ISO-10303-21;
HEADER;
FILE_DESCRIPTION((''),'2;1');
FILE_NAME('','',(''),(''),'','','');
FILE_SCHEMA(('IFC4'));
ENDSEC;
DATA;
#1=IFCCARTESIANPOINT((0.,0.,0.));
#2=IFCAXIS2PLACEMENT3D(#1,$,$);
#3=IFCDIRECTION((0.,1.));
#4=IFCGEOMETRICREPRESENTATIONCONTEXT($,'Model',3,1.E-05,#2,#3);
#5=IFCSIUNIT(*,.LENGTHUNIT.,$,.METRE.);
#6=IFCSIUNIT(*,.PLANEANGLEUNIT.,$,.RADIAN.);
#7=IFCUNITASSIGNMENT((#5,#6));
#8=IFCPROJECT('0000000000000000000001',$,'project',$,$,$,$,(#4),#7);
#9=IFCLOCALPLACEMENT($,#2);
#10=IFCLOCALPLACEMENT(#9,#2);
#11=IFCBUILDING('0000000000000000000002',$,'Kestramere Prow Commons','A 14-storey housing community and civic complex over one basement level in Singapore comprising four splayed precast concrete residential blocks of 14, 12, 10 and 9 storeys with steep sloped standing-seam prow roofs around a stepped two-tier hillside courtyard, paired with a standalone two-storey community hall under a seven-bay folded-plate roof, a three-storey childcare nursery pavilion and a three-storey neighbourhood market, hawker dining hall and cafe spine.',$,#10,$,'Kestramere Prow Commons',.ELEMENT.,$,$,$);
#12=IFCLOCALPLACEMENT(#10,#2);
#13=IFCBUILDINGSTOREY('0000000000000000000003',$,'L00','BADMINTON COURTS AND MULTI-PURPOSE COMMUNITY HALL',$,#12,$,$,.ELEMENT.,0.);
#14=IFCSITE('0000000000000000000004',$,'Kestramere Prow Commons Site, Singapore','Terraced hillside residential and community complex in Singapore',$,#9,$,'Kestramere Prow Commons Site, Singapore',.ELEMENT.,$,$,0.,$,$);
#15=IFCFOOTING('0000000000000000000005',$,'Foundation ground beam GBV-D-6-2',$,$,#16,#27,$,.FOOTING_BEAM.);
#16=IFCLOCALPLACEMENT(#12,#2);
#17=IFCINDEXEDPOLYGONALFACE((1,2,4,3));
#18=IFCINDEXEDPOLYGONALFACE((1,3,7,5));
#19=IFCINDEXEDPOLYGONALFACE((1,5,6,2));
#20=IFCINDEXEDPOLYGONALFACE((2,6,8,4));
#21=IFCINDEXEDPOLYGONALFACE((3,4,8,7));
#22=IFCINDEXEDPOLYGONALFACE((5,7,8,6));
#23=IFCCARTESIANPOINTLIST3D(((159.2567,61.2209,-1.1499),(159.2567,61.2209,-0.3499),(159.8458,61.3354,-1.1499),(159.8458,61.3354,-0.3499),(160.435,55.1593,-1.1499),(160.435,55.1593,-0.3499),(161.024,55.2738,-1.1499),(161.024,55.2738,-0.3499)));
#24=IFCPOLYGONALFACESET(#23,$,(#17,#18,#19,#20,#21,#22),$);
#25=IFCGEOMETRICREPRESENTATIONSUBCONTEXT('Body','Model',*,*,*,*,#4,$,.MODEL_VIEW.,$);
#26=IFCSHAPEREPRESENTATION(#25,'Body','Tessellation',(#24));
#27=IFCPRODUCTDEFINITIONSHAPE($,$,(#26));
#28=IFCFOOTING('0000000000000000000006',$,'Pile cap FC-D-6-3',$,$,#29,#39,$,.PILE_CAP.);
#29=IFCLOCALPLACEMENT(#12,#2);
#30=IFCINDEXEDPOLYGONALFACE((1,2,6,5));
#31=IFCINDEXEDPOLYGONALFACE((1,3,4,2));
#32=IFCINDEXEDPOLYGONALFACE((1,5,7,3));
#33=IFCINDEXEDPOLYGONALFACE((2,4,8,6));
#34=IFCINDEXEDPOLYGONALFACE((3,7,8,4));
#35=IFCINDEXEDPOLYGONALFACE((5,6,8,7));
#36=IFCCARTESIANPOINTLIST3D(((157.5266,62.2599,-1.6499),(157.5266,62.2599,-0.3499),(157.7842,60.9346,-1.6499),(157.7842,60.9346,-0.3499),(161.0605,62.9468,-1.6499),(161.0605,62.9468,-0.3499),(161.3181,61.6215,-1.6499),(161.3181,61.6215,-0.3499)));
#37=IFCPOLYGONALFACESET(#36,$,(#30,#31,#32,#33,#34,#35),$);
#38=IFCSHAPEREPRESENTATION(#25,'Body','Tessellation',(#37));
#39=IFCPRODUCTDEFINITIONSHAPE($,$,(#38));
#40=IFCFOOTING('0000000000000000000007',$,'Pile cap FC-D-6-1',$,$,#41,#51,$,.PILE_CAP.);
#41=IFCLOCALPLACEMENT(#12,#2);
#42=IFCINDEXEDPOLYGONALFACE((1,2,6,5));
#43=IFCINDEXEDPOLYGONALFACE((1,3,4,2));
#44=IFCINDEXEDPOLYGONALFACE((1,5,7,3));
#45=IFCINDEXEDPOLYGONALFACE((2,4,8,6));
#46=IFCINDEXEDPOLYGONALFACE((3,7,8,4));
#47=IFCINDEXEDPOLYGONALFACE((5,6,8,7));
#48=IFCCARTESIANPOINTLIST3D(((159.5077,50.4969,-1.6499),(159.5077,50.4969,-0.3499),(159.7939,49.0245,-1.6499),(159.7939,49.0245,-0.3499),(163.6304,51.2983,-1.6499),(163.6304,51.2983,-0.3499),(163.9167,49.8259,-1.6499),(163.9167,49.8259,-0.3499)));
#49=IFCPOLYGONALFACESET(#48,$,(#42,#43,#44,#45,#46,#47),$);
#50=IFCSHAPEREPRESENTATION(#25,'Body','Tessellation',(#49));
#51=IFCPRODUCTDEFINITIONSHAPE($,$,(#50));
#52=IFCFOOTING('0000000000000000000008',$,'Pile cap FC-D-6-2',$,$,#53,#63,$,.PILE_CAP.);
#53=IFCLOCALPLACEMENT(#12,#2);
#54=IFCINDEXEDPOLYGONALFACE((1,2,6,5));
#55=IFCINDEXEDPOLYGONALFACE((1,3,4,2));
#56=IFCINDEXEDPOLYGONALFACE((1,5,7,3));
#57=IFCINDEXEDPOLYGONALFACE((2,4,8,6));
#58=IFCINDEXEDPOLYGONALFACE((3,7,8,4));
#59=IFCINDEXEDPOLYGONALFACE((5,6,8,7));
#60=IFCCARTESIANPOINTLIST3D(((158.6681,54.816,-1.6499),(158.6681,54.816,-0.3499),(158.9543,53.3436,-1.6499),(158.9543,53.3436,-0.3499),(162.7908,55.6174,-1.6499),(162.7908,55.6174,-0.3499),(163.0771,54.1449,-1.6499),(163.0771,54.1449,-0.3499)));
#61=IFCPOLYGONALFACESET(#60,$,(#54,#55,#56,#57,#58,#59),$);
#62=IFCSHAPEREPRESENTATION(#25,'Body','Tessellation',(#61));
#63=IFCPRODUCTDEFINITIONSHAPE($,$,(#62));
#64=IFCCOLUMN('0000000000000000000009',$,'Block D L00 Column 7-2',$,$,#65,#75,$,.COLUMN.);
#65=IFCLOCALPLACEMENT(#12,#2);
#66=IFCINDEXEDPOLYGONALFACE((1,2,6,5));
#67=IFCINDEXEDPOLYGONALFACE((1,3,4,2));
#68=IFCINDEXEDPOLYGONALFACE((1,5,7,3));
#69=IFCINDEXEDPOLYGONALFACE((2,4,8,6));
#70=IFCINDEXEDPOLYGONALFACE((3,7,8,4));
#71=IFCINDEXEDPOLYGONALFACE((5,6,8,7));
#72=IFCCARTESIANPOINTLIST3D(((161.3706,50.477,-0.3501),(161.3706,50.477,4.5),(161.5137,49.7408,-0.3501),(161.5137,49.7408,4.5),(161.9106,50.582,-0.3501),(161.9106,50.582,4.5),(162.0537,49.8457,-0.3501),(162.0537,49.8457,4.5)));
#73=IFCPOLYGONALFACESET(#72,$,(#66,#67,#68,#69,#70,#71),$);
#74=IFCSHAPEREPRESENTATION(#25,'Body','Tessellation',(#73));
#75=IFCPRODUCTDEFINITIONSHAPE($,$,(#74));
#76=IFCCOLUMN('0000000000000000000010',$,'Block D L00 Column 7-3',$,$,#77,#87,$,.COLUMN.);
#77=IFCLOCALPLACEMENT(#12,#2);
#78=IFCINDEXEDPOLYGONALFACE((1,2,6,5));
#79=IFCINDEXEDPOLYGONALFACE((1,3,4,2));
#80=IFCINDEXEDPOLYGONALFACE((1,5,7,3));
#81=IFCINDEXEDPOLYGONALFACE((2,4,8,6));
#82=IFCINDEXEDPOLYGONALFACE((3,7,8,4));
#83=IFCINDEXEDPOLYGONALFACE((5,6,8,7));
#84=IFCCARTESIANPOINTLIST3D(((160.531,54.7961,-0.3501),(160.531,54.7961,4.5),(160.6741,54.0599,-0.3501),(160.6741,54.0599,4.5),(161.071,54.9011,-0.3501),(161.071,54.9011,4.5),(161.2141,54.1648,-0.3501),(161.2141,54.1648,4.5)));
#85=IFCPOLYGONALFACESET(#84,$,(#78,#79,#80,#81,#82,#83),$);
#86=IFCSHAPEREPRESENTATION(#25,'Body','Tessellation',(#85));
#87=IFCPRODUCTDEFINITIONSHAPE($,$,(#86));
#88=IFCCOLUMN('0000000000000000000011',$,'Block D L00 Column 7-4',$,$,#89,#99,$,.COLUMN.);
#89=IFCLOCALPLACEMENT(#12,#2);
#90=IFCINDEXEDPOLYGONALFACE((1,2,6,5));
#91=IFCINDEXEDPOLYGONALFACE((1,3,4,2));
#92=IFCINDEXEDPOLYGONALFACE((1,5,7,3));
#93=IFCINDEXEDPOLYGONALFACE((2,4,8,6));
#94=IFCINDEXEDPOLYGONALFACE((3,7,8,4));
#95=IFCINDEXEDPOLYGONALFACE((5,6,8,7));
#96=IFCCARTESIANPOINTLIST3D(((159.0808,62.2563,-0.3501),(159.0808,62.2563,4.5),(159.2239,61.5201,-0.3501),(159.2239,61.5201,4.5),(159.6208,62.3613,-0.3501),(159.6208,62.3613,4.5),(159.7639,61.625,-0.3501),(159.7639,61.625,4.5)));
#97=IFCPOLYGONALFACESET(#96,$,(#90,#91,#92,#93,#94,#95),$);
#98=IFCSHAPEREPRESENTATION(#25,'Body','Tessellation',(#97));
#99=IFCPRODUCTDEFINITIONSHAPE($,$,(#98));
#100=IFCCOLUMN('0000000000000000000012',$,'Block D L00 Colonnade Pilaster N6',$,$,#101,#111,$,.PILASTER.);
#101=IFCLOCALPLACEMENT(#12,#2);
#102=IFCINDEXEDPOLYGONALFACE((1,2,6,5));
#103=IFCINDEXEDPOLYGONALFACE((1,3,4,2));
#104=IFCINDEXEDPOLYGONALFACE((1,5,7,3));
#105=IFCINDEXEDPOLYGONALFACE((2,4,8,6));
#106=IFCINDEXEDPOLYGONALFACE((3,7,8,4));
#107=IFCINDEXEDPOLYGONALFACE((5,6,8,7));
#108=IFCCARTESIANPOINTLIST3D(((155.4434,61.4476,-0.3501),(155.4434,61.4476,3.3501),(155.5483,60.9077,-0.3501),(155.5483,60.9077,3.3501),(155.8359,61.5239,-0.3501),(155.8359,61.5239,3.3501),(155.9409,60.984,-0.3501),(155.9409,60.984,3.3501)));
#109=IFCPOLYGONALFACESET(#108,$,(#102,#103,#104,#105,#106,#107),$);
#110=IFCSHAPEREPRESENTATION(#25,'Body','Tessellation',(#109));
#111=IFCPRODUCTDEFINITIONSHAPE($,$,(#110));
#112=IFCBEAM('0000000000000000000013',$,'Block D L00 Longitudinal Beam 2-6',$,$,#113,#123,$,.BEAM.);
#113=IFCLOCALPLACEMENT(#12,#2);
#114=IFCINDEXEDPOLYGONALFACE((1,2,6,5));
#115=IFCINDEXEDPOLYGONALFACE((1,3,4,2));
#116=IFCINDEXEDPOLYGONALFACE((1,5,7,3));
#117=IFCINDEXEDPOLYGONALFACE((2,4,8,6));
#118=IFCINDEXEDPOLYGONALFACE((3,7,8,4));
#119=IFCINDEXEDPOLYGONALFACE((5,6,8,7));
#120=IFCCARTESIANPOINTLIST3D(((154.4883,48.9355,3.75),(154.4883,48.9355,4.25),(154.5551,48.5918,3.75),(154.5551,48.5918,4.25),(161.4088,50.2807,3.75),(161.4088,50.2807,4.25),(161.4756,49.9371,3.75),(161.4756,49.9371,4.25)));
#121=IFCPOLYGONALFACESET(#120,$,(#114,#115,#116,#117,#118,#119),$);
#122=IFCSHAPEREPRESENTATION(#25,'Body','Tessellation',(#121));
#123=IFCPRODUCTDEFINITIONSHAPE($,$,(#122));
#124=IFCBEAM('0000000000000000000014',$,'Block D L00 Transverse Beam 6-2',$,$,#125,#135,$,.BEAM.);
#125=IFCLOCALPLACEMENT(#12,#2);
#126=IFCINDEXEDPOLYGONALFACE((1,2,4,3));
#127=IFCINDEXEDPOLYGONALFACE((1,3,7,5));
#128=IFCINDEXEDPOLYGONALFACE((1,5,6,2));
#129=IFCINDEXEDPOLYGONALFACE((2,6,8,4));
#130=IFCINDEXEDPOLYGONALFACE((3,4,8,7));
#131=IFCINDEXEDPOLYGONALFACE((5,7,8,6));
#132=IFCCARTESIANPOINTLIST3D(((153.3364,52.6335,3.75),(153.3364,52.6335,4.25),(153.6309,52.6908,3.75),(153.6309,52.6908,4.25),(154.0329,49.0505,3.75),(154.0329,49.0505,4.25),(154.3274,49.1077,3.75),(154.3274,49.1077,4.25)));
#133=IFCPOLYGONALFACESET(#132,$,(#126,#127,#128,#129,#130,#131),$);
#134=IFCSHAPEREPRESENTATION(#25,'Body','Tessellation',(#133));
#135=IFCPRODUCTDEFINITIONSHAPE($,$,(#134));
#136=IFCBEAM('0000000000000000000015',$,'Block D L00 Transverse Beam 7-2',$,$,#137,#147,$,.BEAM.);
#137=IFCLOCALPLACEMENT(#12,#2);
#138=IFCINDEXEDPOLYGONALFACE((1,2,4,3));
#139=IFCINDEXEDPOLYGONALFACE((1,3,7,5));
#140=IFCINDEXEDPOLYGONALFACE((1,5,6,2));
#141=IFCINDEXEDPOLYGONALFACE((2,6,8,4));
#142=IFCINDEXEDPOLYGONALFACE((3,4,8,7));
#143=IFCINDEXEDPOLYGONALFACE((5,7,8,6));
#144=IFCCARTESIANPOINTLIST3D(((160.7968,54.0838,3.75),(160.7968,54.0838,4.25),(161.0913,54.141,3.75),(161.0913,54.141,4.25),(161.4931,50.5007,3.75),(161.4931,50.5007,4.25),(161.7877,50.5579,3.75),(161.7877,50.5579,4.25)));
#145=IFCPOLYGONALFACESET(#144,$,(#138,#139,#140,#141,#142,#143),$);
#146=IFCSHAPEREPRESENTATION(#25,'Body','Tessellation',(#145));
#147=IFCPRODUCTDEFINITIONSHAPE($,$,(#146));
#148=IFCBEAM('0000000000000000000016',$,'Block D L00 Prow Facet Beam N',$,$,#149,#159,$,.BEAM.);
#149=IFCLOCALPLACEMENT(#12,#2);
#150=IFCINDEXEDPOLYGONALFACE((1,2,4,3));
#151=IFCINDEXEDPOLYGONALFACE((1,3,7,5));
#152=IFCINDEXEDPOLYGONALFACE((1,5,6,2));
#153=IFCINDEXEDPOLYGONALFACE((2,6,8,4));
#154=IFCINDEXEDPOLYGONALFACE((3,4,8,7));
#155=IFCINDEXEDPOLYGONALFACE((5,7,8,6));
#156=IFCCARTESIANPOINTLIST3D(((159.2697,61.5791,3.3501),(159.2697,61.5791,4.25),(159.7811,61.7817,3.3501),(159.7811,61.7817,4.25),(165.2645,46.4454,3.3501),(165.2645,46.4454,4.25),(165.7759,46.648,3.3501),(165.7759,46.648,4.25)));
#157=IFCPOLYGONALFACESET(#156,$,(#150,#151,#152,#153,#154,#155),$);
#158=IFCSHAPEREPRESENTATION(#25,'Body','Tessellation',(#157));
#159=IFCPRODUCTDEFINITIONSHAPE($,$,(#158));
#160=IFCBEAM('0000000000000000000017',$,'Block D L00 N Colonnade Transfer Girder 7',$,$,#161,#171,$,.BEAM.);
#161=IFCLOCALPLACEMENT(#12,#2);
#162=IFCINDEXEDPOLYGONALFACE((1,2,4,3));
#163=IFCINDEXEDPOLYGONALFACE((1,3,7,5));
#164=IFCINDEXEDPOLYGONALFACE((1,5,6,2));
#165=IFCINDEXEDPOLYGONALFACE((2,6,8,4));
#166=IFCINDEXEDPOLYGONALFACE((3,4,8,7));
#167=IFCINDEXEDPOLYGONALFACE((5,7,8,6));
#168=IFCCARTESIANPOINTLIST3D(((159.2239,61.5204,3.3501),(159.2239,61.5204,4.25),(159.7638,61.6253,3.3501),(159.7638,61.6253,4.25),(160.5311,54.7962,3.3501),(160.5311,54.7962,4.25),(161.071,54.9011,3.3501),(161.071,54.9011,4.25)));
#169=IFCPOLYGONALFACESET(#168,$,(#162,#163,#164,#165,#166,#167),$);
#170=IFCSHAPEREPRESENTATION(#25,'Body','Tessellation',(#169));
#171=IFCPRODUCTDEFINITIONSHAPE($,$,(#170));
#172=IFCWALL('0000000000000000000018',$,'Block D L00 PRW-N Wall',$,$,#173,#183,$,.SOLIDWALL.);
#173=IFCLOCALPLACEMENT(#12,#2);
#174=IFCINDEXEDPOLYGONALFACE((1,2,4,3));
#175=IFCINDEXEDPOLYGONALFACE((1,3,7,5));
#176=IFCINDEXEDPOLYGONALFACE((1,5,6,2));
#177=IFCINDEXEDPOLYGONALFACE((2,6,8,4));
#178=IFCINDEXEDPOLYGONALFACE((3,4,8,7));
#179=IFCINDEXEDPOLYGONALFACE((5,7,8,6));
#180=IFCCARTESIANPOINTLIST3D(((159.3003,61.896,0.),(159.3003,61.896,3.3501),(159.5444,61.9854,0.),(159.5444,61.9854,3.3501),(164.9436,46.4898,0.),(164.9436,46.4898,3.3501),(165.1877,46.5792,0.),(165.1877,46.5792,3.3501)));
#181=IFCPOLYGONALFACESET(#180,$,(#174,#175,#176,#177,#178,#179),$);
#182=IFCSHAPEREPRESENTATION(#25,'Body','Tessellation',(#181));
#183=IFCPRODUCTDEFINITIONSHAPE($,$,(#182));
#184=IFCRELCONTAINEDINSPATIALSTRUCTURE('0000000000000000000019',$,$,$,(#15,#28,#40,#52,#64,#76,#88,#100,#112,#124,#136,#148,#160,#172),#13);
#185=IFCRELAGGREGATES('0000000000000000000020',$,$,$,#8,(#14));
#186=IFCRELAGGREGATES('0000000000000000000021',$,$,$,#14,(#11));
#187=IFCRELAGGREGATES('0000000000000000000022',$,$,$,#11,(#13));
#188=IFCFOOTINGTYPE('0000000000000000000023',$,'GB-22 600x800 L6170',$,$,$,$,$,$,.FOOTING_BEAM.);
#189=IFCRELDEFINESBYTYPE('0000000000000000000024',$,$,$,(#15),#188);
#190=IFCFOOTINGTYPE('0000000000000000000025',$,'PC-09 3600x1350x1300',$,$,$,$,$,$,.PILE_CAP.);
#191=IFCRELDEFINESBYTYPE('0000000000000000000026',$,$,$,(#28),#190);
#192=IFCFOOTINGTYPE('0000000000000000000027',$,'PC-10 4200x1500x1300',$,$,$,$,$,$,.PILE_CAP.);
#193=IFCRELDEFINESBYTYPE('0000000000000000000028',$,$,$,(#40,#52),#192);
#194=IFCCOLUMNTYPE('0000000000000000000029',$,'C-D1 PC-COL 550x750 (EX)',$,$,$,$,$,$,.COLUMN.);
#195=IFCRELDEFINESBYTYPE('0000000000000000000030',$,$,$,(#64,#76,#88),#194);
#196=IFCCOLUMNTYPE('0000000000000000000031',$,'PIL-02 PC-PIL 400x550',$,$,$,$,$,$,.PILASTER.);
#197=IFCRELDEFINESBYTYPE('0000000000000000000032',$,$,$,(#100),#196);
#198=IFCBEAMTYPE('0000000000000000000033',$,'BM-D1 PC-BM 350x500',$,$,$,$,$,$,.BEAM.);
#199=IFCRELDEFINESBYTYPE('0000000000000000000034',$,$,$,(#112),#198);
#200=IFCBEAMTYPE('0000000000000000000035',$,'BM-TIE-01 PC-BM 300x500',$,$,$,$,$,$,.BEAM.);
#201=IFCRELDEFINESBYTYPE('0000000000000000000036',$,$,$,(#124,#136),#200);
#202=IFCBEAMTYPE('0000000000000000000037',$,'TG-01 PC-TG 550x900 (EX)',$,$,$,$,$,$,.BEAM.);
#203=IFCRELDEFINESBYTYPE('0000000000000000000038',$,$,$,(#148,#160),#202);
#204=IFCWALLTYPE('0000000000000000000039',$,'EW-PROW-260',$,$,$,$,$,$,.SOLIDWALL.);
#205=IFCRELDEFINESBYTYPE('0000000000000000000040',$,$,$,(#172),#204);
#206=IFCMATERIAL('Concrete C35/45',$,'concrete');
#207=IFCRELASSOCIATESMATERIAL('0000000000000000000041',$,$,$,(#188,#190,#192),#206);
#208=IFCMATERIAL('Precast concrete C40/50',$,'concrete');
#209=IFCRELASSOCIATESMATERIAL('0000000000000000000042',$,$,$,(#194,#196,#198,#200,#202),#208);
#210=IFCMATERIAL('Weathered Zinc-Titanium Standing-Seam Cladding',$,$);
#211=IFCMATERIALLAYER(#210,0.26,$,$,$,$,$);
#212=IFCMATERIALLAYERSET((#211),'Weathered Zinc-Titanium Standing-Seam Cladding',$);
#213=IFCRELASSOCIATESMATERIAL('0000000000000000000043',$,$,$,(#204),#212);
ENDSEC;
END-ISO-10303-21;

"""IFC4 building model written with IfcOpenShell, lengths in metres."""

from ifc_helpers import new_model, si_unit, direction, frame, frame_2d, origin, origin_2d, place, context, subcontext, project, spatial, rectangle, extrude, material, layer, layer_set, material_profile, profile_set, type_object, element, save


model = new_model("IFC4")

# Units and contexts
model_context = context("Model", 3, precision=1e-05, world=origin(), true_north=direction((0.0, 1.0)))
body_context = subcontext(model_context, "Body", "Model", "MODEL_VIEW")
ifc_project = project(units=[si_unit("LENGTHUNIT", "METRE"), si_unit("PLANEANGLEUNIT", "RADIAN")], contexts=[model_context])

# Site, building, storey
site_placement = place(None, origin())
site = spatial("IfcSite", under=ifc_project, at=site_placement, Name="Kestramere Prow Commons Site, Singapore", Description="Terraced hillside residential and community complex in Singapore", LongName="Kestramere Prow Commons Site, Singapore", CompositionType="ELEMENT", RefElevation=0.0)
building_placement = place(site_placement, origin())
building = spatial("IfcBuilding", under=site, at=building_placement, Name="Kestramere Prow Commons", Description="A 14-storey housing community and civic complex over one basement level in Singapore comprising four splayed precast concrete residential blocks of 14, 12, 10 and 9 storeys with steep sloped standing-seam prow roofs around a stepped two-tier hillside courtyard, paired with a standalone two-storey community hall under a seven-bay folded-plate roof, a three-storey childcare nursery pavilion and a three-storey neighbourhood market, hawker dining hall and cafe spine.", LongName="Kestramere Prow Commons", CompositionType="ELEMENT")
storey_placement = place(building_placement, origin())
storey = spatial("IfcBuildingStorey", under=building, at=storey_placement, Name="L00", Description="BADMINTON COURTS AND MULTI-PURPOSE COMMUNITY HALL", CompositionType="ELEMENT", Elevation=0.0)

# Shared definitions
ifc_material_1 = material(Name="Concrete C35/45", Category="concrete")

# Footings
footing_type_1 = type_object("IfcFootingType", Name="GB-22 600x800 L6170", PredefinedType="FOOTING_BEAM", material=ifc_material_1)
footing_1_placement = place(storey_placement, frame((160.1404, 58.2473, -1.1499), z_axis=(0.0, 0.0, 1.0), x_axis=(-0.190809, 0.981627, 0.0)))
element("IfcFooting", 1, at=footing_1_placement, inside=storey, type_object=footing_type_1, Name="Foundation ground beam GBV-D-6-2", PredefinedType="FOOTING_BEAM", context=body_context, shape_type="SweptSolid", body=[
    extrude(rectangle(XDim=6.175, YDim=0.6001, at=origin_2d()), origin(), (0.0, 0.0, 1.0), 0.8),
])
footing_type_2 = type_object("IfcFootingType", Name="PC-09 3600x1350x1300", PredefinedType="PILE_CAP", material=ifc_material_1)
footing_2_placement = place(storey_placement, frame((159.4224, 61.9407, -1.6499), z_axis=(0.0, 0.0, 1.0), x_axis=(0.981627, 0.190809, 0.0)))
element("IfcFooting", 2, at=footing_2_placement, inside=storey, type_object=footing_type_2, Name="Pile cap FC-D-6-3", PredefinedType="PILE_CAP", context=body_context, shape_type="SweptSolid", body=[
    extrude(rectangle(XDim=3.6001, YDim=1.3501, at=origin_2d()), origin(), (0.0, 0.0, 1.0), 1.3),
])
footing_type_3 = type_object("IfcFootingType", Name="PC-10 4200x1500x1300", PredefinedType="PILE_CAP", material=ifc_material_1)
for number, where, z_axis, x_axis, name in (
    (3, (161.7122, 50.1614, -1.6499), (0.0, 0.0, 1.0), (0.981627, 0.190809, 0.0), "Pile cap FC-D-6-1"),
    (4, (160.8726, 54.4805, -1.6499), (0.0, 0.0, 1.0), (0.981627, 0.190809, 0.0), "Pile cap FC-D-6-2"),
):
    element("IfcFooting", number, at=place(storey_placement, frame(where, z_axis=z_axis, x_axis=x_axis)), inside=storey, type_object=footing_type_3, Name=name, PredefinedType="PILE_CAP", context=body_context, shape_type="SweptSolid", body=[
        extrude(rectangle(XDim=4.2, YDim=1.5, at=origin_2d()), origin(), (0.0, 0.0, 1.0), 1.3),
    ])

# Columns
ifc_material_2 = material(Name="Precast concrete C40/50", Category="concrete")
ifc_material_profile_1 = material_profile(ifc_material_2, rectangle(XDim=0.55, YDim=0.75, at=origin_2d()), Name="PC-COL 550x750")
ifc_profile_set_1 = profile_set([ifc_material_profile_1], Name="Precast concrete C40/50")
column_type_1 = type_object("IfcColumnType", Name="C-D1 PC-COL 550x750 (EX)", PredefinedType="COLUMN", material=ifc_profile_set_1)
for number, where, z_axis, x_axis, name in (
    (5, (161.7122, 50.1614, -0.3501), (0.0, 0.0, 1.0), (0.981627, 0.190809, 0.0), "Block D L00 Column 7-2"),
    (6, (160.8726, 54.4805, -0.3501), (0.0, 0.0, 1.0), (0.981627, 0.190809, 0.0), "Block D L00 Column 7-3"),
    (7, (159.4224, 61.9407, -0.3501), (0.0, 0.0, 1.0), (0.981627, 0.190809, 0.0), "Block D L00 Column 7-4"),
):
    element("IfcColumn", number, at=place(storey_placement, frame(where, z_axis=z_axis, x_axis=x_axis)), inside=storey, type_object=column_type_1, Name=name, PredefinedType="COLUMN", context=body_context, shape_type="SweptSolid", body=[
        extrude(rectangle(XDim=0.55, YDim=0.75, at=origin_2d()), origin(), (0.0, 0.0, 1.0), 4.8501),
    ])
ifc_material_profile_2 = material_profile(ifc_material_2, rectangle(XDim=0.3999, YDim=0.55, at=origin_2d()), Name="PC-PIL 400x550")
ifc_profile_set_2 = profile_set([ifc_material_profile_2], Name="Precast concrete C40/50")
column_type_2 = type_object("IfcColumnType", Name="PIL-02 PC-PIL 400x550", PredefinedType="PILASTER", material=ifc_profile_set_2)
column_placement = place(storey_placement, frame((155.6921, 61.2158, -0.3501), z_axis=(0.0, 0.0, 1.0), x_axis=(0.981627, 0.190809, 0.0)))
element("IfcColumn", 8, at=column_placement, inside=storey, type_object=column_type_2, Name="Block D L00 Colonnade Pilaster N6", PredefinedType="PILASTER", context=body_context, shape_type="SweptSolid", body=[
    extrude(rectangle(XDim=0.3999, YDim=0.55, at=origin_2d()), origin(), (0.0, 0.0, 1.0), 3.7002),
])

# Beams
ifc_material_profile_3 = material_profile(ifc_material_2, rectangle(XDim=0.3501, YDim=0.5, at=origin_2d()), Name="PC-BM 350x500")
ifc_profile_set_3 = profile_set([ifc_material_profile_3], Name="Precast concrete C40/50")
beam_type_1 = type_object("IfcBeamType", Name="BM-D1 PC-BM 350x500", PredefinedType="BEAM", material=ifc_profile_set_3)
beam_1_placement = place(storey_placement, frame((154.5217, 48.7637, 4.0), z_axis=(0.981627, 0.190812, 0.0), x_axis=(-0.190812, 0.981627, 0.0)))
element("IfcBeam", 9, at=beam_1_placement, inside=storey, type_object=beam_type_1, Name="Block D L00 Longitudinal Beam 2-6", PredefinedType="BEAM", context=body_context, shape_type="SweptSolid", body=[
    extrude(rectangle(XDim=0.3501, YDim=0.5, at=origin_2d()), origin(), (0.0, 0.0, 1.0), 7.05),
])
ifc_material_profile_4 = material_profile(ifc_material_2, rectangle(XDim=0.3, YDim=0.5, at=origin_2d()), Name="PC-BM 300x500")
ifc_profile_set_4 = profile_set([ifc_material_profile_4], Name="Precast concrete C40/50")
beam_type_2 = type_object("IfcBeamType", Name="BM-TIE-01 PC-BM 300x500", PredefinedType="BEAM", material=ifc_profile_set_4)
for number, where, z_axis, x_axis, name in (
    (10, (154.1802, 49.0791, 4.0), (-0.190827, 0.981624, 0.0), (-0.981624, -0.190827, 0.0), "Block D L00 Transverse Beam 6-2"),
    (11, (161.6404, 50.5293, 4.0), (-0.190762, 0.981636, 0.0), (-0.981636, -0.190762, 0.0), "Block D L00 Transverse Beam 7-2"),
):
    element("IfcBeam", number, at=place(storey_placement, frame(where, z_axis=z_axis, x_axis=x_axis)), inside=storey, type_object=beam_type_2, Name=name, PredefinedType="BEAM", context=body_context, shape_type="SweptSolid", body=[
        extrude(rectangle(XDim=0.3, YDim=0.5, at=origin_2d()), origin(), (0.0, 0.0, 1.0), 3.6501),
    ])
ifc_material_profile_5 = material_profile(ifc_material_2, rectangle(XDim=0.55, YDim=0.8999, at=origin_2d()), Name="PC-TG 550x900")
ifc_profile_set_5 = profile_set([ifc_material_profile_5], Name="Precast concrete C40/50")
beam_type_3 = type_object("IfcBeamType", Name="TG-01 PC-TG 550x900 (EX)", PredefinedType="BEAM", material=ifc_profile_set_5)
beam_2_placement = place(storey_placement, frame((159.5254, 61.6804, 3.8), z_axis=(0.368283, -0.929714, 0.0), x_axis=(0.929714, 0.368283, 0.0)))
element("IfcBeam", 12, at=beam_2_placement, inside=storey, type_object=beam_type_3, Name="Block D L00 Prow Facet Beam N", PredefinedType="BEAM", context=body_context, shape_type="SweptSolid", body=[
    extrude(rectangle(XDim=0.55, YDim=0.8999, at=origin_2d()), origin(), (0.0, 0.0, 1.0), 16.2778),
])
beam_3_placement = place(storey_placement, frame((160.801, 54.8486, 3.8), z_axis=(-0.190822, 0.981625, 0.0), x_axis=(-0.981625, -0.190822, 0.0)))
element("IfcBeam", 13, at=beam_3_placement, inside=storey, type_object=beam_type_3, Name="Block D L00 N Colonnade Transfer Girder 7", PredefinedType="BEAM", context=body_context, shape_type="SweptSolid", body=[
    extrude(rectangle(XDim=0.55, YDim=0.8999, at=origin_2d()), origin(), (0.0, 0.0, 1.0), 6.8501),
])

# Wall
ifc_material_3 = material(Name="Weathered Zinc-Titanium Standing-Seam Cladding")
ifc_layer_1 = layer(ifc_material_3, 0.26)
ifc_layer_set_1 = layer_set([ifc_layer_1], Name="Weathered Zinc-Titanium Standing-Seam Cladding")
wall_type_1 = type_object("IfcWallType", Name="EW-PROW-260", PredefinedType="SOLIDWALL", material=ifc_layer_set_1)
wall_1_placement = place(storey_placement, frame((159.4224, 61.9407, 0.0), z_axis=(0.0, 0.0, 1.0), x_axis=(0.343951, -0.938988, 0.0)))
element("IfcWall", 14, at=wall_1_placement, inside=storey, type_object=wall_type_1, Name="Block D L00 PRW-N Wall", PredefinedType="SOLIDWALL", context=body_context, shape_type="SweptSolid", body=[
    extrude(rectangle(XDim=16.4072, YDim=0.26, at=frame_2d((8.2036, 0.0))), origin(), (0.0, 0.0, 1.0), 3.3501),
])

save(model, "model.ifc")
